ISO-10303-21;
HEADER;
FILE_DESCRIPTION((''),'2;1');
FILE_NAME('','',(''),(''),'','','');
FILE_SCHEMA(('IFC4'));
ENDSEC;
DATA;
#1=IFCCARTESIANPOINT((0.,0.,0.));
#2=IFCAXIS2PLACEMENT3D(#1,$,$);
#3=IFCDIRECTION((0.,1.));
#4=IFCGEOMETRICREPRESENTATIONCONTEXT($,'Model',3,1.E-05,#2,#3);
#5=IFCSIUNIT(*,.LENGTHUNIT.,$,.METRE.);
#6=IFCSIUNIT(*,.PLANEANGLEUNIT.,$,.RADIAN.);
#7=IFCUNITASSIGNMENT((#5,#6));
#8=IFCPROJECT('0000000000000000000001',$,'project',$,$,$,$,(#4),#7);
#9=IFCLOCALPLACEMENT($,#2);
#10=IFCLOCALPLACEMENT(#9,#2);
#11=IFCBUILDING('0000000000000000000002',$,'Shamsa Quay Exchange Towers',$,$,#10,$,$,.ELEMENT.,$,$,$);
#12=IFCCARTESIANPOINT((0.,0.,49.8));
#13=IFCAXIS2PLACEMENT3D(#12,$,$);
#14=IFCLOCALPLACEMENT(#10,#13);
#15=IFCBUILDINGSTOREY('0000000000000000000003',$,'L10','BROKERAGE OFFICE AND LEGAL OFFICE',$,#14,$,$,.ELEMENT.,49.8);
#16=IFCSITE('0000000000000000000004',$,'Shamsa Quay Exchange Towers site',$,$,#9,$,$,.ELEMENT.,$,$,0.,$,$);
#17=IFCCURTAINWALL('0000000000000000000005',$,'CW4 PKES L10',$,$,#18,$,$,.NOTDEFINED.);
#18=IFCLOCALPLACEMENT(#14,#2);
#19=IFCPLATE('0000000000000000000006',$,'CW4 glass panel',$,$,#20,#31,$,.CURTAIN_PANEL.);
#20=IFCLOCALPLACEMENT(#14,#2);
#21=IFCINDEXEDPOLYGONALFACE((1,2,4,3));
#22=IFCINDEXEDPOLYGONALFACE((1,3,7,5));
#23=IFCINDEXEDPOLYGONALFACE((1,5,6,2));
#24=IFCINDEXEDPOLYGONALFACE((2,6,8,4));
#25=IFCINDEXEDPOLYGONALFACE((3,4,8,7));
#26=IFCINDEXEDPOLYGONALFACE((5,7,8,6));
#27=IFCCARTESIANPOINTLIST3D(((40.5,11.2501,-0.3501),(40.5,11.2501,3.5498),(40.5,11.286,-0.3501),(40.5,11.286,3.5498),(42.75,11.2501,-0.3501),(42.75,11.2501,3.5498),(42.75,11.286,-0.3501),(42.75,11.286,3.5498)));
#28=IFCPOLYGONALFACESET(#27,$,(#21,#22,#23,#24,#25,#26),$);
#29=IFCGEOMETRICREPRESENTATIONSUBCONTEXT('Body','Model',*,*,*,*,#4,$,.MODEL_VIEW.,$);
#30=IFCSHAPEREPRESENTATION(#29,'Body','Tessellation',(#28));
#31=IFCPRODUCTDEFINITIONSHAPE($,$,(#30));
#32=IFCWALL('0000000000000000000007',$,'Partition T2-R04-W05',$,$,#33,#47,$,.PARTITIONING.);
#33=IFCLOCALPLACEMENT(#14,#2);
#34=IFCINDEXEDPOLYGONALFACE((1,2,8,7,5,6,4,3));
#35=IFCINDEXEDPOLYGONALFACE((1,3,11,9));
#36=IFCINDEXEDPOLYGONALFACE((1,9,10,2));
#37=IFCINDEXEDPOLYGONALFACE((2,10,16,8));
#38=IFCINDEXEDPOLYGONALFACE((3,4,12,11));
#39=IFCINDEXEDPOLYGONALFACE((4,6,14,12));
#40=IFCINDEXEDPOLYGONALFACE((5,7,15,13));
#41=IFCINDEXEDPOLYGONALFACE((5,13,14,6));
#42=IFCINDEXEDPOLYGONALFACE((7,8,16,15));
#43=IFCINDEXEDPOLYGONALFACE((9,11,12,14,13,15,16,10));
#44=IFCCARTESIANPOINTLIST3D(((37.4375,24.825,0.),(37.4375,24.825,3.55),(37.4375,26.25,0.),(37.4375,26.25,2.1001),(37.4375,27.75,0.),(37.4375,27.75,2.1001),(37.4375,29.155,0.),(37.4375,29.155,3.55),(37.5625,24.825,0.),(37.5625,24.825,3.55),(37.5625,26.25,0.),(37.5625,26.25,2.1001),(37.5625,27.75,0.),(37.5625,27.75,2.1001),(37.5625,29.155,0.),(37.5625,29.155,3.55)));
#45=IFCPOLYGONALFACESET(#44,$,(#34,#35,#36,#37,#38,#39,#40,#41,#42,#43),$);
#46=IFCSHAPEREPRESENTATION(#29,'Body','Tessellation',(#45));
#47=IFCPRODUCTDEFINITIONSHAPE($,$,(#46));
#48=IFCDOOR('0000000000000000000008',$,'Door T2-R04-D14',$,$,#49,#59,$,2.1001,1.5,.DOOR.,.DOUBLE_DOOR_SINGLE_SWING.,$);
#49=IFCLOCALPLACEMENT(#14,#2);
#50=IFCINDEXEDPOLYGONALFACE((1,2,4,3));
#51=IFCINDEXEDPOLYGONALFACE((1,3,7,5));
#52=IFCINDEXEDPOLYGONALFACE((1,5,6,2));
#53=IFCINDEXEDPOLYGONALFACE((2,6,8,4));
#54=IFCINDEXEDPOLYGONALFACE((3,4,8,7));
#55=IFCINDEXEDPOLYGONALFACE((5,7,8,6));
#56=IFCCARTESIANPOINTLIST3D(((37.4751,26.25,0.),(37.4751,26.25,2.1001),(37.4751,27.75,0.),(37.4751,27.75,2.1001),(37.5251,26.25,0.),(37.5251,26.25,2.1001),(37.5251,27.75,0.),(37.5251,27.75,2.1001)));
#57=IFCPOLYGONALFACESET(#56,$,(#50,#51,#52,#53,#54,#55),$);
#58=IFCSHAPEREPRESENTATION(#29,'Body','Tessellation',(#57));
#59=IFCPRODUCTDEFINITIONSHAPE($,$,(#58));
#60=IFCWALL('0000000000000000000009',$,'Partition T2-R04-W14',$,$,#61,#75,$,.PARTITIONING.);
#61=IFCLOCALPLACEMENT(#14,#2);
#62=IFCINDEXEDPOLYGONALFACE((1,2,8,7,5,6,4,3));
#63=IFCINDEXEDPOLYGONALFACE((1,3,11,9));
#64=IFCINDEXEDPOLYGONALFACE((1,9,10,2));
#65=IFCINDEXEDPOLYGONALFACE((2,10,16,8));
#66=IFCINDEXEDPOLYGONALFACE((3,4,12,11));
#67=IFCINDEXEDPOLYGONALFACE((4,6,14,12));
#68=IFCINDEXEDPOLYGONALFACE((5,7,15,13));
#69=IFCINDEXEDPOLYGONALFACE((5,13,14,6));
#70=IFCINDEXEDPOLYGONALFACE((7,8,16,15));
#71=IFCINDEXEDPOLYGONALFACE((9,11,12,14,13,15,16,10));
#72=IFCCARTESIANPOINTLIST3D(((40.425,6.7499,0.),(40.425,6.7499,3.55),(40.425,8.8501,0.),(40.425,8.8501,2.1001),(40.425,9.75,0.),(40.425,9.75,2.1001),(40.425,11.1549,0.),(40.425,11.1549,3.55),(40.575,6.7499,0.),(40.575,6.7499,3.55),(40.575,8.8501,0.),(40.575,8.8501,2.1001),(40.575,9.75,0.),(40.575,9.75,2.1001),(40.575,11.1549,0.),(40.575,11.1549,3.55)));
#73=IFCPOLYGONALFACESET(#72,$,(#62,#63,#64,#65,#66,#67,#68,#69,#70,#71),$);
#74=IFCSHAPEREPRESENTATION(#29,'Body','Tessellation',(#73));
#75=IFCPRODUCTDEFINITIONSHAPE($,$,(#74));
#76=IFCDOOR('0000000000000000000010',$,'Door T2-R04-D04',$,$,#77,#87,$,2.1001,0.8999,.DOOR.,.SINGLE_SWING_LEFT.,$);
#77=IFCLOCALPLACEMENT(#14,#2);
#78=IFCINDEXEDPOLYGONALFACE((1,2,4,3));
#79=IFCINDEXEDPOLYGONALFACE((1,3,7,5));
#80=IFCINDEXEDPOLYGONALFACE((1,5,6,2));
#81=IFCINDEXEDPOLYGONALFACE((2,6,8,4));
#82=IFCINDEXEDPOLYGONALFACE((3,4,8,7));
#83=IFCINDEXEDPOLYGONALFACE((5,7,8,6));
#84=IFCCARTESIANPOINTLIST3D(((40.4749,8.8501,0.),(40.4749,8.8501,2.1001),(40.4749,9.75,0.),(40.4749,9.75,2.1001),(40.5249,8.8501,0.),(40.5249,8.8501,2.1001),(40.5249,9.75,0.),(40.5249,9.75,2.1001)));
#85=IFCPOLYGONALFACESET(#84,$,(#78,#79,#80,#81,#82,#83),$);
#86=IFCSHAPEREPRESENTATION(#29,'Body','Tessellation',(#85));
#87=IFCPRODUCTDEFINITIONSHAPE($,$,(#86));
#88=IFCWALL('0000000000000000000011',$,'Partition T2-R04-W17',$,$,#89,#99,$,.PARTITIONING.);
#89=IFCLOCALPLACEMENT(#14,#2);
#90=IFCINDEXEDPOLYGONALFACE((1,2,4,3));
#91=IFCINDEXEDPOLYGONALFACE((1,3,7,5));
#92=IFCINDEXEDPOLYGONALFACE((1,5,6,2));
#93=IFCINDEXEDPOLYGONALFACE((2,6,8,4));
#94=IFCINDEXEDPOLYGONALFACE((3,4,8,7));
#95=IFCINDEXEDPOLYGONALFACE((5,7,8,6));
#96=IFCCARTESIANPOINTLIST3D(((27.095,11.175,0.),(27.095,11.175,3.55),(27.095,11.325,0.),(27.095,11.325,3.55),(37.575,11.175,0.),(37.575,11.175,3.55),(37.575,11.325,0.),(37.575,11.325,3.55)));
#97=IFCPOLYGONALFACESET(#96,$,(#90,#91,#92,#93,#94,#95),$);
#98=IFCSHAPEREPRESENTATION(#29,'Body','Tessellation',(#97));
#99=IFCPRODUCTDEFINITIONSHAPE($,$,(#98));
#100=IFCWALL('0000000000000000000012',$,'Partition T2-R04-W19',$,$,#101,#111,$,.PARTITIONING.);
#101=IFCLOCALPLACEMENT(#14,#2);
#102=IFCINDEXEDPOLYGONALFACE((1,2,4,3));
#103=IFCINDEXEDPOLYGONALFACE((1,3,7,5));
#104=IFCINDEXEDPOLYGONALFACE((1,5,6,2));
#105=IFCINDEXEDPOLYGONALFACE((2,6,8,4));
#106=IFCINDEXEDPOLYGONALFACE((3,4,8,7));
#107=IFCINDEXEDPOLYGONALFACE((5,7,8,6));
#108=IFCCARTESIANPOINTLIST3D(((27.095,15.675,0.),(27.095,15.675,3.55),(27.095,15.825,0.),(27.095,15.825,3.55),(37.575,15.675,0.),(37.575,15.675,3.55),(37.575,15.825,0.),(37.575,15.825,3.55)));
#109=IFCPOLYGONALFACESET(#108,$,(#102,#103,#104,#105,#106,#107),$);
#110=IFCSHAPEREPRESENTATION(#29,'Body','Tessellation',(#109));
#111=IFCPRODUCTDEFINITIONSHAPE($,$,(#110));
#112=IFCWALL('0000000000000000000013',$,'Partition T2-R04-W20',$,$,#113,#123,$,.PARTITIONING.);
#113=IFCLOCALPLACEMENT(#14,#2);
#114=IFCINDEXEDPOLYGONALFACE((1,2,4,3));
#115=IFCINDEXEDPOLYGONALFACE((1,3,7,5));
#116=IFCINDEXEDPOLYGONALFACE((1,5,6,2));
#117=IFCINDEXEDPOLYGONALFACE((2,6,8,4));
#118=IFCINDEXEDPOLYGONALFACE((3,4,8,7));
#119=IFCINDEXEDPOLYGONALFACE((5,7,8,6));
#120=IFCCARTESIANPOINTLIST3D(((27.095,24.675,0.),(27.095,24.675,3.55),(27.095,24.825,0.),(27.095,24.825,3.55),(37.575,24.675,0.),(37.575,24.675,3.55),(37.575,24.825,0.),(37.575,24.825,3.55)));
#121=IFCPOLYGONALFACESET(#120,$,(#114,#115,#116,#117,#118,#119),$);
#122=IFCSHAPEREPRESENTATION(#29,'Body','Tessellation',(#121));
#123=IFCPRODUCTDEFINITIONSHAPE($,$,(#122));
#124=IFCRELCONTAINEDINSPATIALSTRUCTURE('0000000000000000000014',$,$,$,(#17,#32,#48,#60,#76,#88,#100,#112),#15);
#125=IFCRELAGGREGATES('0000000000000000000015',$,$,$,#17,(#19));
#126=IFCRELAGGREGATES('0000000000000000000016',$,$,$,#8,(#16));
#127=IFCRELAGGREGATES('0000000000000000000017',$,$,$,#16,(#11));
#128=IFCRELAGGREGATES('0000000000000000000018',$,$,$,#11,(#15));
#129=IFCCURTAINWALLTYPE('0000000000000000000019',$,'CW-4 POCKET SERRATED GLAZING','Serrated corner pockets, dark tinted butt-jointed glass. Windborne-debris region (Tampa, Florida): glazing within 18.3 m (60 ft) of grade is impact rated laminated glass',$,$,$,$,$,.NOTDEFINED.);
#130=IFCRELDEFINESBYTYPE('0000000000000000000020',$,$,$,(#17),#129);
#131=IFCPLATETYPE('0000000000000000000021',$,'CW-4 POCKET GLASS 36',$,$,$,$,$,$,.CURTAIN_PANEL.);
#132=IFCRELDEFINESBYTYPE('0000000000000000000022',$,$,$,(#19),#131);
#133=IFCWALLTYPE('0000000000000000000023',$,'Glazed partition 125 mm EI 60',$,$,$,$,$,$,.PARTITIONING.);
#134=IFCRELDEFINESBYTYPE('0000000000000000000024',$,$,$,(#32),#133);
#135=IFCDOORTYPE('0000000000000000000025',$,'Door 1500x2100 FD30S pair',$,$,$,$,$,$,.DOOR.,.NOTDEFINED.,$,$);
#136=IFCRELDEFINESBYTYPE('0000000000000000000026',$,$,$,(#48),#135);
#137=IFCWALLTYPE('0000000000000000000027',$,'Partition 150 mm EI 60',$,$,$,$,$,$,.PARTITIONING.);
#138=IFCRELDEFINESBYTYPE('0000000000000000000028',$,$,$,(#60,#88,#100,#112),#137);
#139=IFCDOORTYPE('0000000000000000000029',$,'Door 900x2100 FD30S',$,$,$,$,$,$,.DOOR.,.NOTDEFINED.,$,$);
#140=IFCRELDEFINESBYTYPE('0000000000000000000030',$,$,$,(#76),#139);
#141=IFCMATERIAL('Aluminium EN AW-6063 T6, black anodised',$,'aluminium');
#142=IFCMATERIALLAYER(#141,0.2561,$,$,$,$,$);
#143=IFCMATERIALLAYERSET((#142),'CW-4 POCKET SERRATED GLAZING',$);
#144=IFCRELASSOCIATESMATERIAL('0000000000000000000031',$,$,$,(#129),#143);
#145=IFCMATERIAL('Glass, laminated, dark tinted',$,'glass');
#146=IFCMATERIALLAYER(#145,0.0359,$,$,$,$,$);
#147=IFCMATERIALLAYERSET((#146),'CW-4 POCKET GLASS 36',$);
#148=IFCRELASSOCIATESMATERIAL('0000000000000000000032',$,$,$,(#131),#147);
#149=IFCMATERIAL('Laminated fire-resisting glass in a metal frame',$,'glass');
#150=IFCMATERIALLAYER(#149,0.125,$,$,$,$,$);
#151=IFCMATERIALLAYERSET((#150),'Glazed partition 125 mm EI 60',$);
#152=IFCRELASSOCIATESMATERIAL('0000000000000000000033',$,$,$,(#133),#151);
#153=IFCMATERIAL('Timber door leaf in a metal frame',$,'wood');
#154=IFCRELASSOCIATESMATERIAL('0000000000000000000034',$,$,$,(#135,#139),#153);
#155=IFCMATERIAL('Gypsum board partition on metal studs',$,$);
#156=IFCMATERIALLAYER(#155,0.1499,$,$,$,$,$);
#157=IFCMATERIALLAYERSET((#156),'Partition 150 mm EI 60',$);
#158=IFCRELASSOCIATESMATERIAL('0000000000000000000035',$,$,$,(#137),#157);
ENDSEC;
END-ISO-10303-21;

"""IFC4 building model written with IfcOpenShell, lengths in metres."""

from ifc_helpers import new_model, si_unit, direction, frame, frame_2d, origin, origin_2d, place, context, subcontext, project, spatial, rectangle, extrude, material, layer, layer_set, type_object, element, fill, aggregate, save


model = new_model("IFC4")

# Units and contexts
model_context = context("Model", 3, precision=1e-05, world=origin(), true_north=direction((0.0, 1.0)))
body_context = subcontext(model_context, "Body", "Model", "MODEL_VIEW")
ifc_project = project(units=[si_unit("LENGTHUNIT", "METRE"), si_unit("PLANEANGLEUNIT", "RADIAN")], contexts=[model_context])

# Site, building, storey
site_placement = place(None, origin())
site = spatial("IfcSite", under=ifc_project, at=site_placement, Name="Shamsa Quay Exchange Towers site", CompositionType="ELEMENT", RefElevation=0.0)
building_placement = place(site_placement, origin())
building = spatial("IfcBuilding", under=site, at=building_placement, Name="Shamsa Quay Exchange Towers", CompositionType="ELEMENT")
storey_placement = place(building_placement, frame((0.0, 0.0, 49.8)))
storey = spatial("IfcBuildingStorey", under=building, at=storey_placement, Name="L10", Description="BROKERAGE OFFICE AND LEGAL OFFICE", CompositionType="ELEMENT", Elevation=49.8)

# Shared definitions
ifc_material_1 = material(Name="Aluminium EN AW-6063 T6, black anodised", Category="aluminium")
ifc_material_2 = material(Name="Glass, laminated, dark tinted", Category="glass")

# Curtain wall, plate
ifc_layer_1 = layer(ifc_material_1, 0.2561)
ifc_layer_set_1 = layer_set([ifc_layer_1], Name="CW-4 POCKET SERRATED GLAZING")
curtain_wall_type_1 = type_object("IfcCurtainWallType", Name="CW-4 POCKET SERRATED GLAZING", Description="Serrated corner pockets, dark tinted butt-jointed glass. Windborne-debris region (Tampa, Florida): glazing within 18.3 m (60 ft) of grade is impact rated laminated glass", PredefinedType="NOTDEFINED", material=ifc_layer_set_1)
curtain_wall_1_placement = place(storey_placement, origin())
curtain_wall_1 = element("IfcCurtainWall", 1, at=curtain_wall_1_placement, inside=storey, type_object=curtain_wall_type_1, Name="CW4 PKES L10", PredefinedType="NOTDEFINED")
ifc_layer_2 = layer(ifc_material_2, 0.0359)
ifc_layer_set_2 = layer_set([ifc_layer_2], Name="CW-4 POCKET GLASS 36")
plate_type_1 = type_object("IfcPlateType", Name="CW-4 POCKET GLASS 36", PredefinedType="CURTAIN_PANEL", material=ifc_layer_set_2)
plate_1_placement = place(storey_placement, frame((41.625, 11.2681, -0.3501), z_axis=(0.0, 0.0, 1.0), x_axis=(-1.0, 0.0, 0.0)))
plate_1 = element("IfcPlate", 2, at=plate_1_placement, type_object=plate_type_1, Name="CW4 glass panel", PredefinedType="CURTAIN_PANEL", context=body_context, shape_type="SweptSolid", body=[
    extrude(rectangle(XDim=2.25, YDim=0.0359, at=origin_2d()), origin(), (0.0, 0.0, 1.0), 3.8999),
])
aggregate(curtain_wall_1, [plate_1])

# Walls, openings, doors
ifc_material_3 = material(Name="Laminated fire-resisting glass in a metal frame", Category="glass")
ifc_layer_3 = layer(ifc_material_3, 0.125)
ifc_layer_set_3 = layer_set([ifc_layer_3], Name="Glazed partition 125 mm EI 60")
wall_type_1 = type_object("IfcWallType", Name="Glazed partition 125 mm EI 60", PredefinedType="PARTITIONING", material=ifc_layer_set_3)
wall_1_placement = place(storey_placement, frame((37.5, 24.825, 0.0), z_axis=(0.0, 0.0, 1.0), x_axis=(0.0, 1.0, 0.0)))
wall_1 = element("IfcWall", 3, at=wall_1_placement, inside=storey, type_object=wall_type_1, Name="Partition T2-R04-W05", PredefinedType="PARTITIONING", context=body_context, shape_type="SweptSolid", body=[
    extrude(rectangle(XDim=4.3301, YDim=0.125, at=frame_2d((2.165, 0.0))), origin(), (0.0, 0.0, 1.0), 3.55),
])
opening_1_placement = place(wall_1_placement, frame((1.425, 0.0, 0.0)))
opening_1 = element("IfcOpeningElement", 4, at=opening_1_placement, cuts=wall_1, PredefinedType="OPENING", context=body_context, shape_type="SweptSolid", body=[
    extrude(rectangle(XDim=1.5, YDim=2.1001, at=frame_2d((0.75, 1.05))), frame((0.0, 0.0725, 0.0), z_axis=(0.0, -1.0, 0.0), x_axis=(1.0, 0.0, 0.0)), (0.0, 0.0, 1.0), 0.145),
])
ifc_material_4 = material(Name="Timber door leaf in a metal frame", Category="wood")
door_type_1 = type_object("IfcDoorType", Name="Door 1500x2100 FD30S pair", OperationType="NOTDEFINED", PredefinedType="DOOR", material=ifc_material_4)
door_1_placement = place(opening_1_placement, origin())
door_1 = element("IfcDoor", 5, at=door_1_placement, inside=storey, type_object=door_type_1, Name="Door T2-R04-D14", OperationType="DOUBLE_DOOR_SINGLE_SWING", OverallHeight=2.1001, OverallWidth=1.5, PredefinedType="DOOR", context=body_context, shape_type="SweptSolid", body=[
    extrude(rectangle(XDim=1.5, YDim=2.1001, at=frame_2d((0.75, 1.05))), frame((0.0, 0.0249, 0.0), z_axis=(0.0, -1.0, 0.0), x_axis=(1.0, 0.0, 0.0)), (0.0, 0.0, 1.0), 0.05),
])
fill(opening_1, door_1)
ifc_material_5 = material(Name="Gypsum board partition on metal studs")
ifc_layer_4 = layer(ifc_material_5, 0.1499)
ifc_layer_set_4 = layer_set([ifc_layer_4], Name="Partition 150 mm EI 60")
wall_type_2 = type_object("IfcWallType", Name="Partition 150 mm EI 60", PredefinedType="PARTITIONING", material=ifc_layer_set_4)
wall_2_placement = place(storey_placement, frame((40.5, 11.155, 0.0), z_axis=(0.0, 0.0, 1.0), x_axis=(0.0, -1.0, 0.0)))
wall_2 = element("IfcWall", 6, at=wall_2_placement, inside=storey, type_object=wall_type_2, Name="Partition T2-R04-W14", PredefinedType="PARTITIONING", context=body_context, shape_type="SweptSolid", body=[
    extrude(rectangle(XDim=4.405, YDim=0.1499, at=frame_2d((2.2026, 0.0))), origin(), (0.0, 0.0, 1.0), 3.55),
])
opening_2_placement = place(wall_2_placement, frame((1.405, 0.0, 0.0)))
opening_2 = element("IfcOpeningElement", 7, at=opening_2_placement, cuts=wall_2, PredefinedType="OPENING", context=body_context, shape_type="SweptSolid", body=[
    extrude(rectangle(XDim=0.8999, YDim=2.1001, at=frame_2d((0.45, 1.05))), frame((0.0, 0.085, 0.0), z_axis=(0.0, -1.0, 0.0), x_axis=(1.0, 0.0, 0.0)), (0.0, 0.0, 1.0), 0.1699),
])
door_type_2 = type_object("IfcDoorType", Name="Door 900x2100 FD30S", OperationType="NOTDEFINED", PredefinedType="DOOR", material=ifc_material_4)
door_2_placement = place(opening_2_placement, origin())
door_2 = element("IfcDoor", 8, at=door_2_placement, inside=storey, type_object=door_type_2, Name="Door T2-R04-D04", OperationType="SINGLE_SWING_LEFT", OverallHeight=2.1001, OverallWidth=0.8999, PredefinedType="DOOR", context=body_context, shape_type="SweptSolid", body=[
    extrude(rectangle(XDim=0.8999, YDim=2.1001, at=frame_2d((0.45, 1.05))), frame((0.0, 0.0249, 0.0), z_axis=(0.0, -1.0, 0.0), x_axis=(1.0, 0.0, 0.0)), (0.0, 0.0, 1.0), 0.05),
])
fill(opening_2, door_2)

# Walls
for number, where, z_axis, x_axis, name in (
    (9, (37.575, 11.25, 0.0), (0.0, 0.0, 1.0), (-1.0, 0.0, 0.0), "Partition T2-R04-W17"),
    (10, (37.575, 15.75, 0.0), (0.0, 0.0, 1.0), (-1.0, 0.0, 0.0), "Partition T2-R04-W19"),
    (11, (37.575, 24.75, 0.0), (0.0, 0.0, 1.0), (-1.0, 0.0, 0.0), "Partition T2-R04-W20"),
):
    element("IfcWall", number, at=place(storey_placement, frame(where, z_axis=z_axis, x_axis=x_axis)), inside=storey, type_object=wall_type_2, Name=name, PredefinedType="PARTITIONING", context=body_context, shape_type="SweptSolid", body=[
        extrude(rectangle(XDim=10.48, YDim=0.1499, at=frame_2d((5.24, 0.0))), origin(), (0.0, 0.0, 1.0), 3.55),
    ])

save(model, "model.ifc")
